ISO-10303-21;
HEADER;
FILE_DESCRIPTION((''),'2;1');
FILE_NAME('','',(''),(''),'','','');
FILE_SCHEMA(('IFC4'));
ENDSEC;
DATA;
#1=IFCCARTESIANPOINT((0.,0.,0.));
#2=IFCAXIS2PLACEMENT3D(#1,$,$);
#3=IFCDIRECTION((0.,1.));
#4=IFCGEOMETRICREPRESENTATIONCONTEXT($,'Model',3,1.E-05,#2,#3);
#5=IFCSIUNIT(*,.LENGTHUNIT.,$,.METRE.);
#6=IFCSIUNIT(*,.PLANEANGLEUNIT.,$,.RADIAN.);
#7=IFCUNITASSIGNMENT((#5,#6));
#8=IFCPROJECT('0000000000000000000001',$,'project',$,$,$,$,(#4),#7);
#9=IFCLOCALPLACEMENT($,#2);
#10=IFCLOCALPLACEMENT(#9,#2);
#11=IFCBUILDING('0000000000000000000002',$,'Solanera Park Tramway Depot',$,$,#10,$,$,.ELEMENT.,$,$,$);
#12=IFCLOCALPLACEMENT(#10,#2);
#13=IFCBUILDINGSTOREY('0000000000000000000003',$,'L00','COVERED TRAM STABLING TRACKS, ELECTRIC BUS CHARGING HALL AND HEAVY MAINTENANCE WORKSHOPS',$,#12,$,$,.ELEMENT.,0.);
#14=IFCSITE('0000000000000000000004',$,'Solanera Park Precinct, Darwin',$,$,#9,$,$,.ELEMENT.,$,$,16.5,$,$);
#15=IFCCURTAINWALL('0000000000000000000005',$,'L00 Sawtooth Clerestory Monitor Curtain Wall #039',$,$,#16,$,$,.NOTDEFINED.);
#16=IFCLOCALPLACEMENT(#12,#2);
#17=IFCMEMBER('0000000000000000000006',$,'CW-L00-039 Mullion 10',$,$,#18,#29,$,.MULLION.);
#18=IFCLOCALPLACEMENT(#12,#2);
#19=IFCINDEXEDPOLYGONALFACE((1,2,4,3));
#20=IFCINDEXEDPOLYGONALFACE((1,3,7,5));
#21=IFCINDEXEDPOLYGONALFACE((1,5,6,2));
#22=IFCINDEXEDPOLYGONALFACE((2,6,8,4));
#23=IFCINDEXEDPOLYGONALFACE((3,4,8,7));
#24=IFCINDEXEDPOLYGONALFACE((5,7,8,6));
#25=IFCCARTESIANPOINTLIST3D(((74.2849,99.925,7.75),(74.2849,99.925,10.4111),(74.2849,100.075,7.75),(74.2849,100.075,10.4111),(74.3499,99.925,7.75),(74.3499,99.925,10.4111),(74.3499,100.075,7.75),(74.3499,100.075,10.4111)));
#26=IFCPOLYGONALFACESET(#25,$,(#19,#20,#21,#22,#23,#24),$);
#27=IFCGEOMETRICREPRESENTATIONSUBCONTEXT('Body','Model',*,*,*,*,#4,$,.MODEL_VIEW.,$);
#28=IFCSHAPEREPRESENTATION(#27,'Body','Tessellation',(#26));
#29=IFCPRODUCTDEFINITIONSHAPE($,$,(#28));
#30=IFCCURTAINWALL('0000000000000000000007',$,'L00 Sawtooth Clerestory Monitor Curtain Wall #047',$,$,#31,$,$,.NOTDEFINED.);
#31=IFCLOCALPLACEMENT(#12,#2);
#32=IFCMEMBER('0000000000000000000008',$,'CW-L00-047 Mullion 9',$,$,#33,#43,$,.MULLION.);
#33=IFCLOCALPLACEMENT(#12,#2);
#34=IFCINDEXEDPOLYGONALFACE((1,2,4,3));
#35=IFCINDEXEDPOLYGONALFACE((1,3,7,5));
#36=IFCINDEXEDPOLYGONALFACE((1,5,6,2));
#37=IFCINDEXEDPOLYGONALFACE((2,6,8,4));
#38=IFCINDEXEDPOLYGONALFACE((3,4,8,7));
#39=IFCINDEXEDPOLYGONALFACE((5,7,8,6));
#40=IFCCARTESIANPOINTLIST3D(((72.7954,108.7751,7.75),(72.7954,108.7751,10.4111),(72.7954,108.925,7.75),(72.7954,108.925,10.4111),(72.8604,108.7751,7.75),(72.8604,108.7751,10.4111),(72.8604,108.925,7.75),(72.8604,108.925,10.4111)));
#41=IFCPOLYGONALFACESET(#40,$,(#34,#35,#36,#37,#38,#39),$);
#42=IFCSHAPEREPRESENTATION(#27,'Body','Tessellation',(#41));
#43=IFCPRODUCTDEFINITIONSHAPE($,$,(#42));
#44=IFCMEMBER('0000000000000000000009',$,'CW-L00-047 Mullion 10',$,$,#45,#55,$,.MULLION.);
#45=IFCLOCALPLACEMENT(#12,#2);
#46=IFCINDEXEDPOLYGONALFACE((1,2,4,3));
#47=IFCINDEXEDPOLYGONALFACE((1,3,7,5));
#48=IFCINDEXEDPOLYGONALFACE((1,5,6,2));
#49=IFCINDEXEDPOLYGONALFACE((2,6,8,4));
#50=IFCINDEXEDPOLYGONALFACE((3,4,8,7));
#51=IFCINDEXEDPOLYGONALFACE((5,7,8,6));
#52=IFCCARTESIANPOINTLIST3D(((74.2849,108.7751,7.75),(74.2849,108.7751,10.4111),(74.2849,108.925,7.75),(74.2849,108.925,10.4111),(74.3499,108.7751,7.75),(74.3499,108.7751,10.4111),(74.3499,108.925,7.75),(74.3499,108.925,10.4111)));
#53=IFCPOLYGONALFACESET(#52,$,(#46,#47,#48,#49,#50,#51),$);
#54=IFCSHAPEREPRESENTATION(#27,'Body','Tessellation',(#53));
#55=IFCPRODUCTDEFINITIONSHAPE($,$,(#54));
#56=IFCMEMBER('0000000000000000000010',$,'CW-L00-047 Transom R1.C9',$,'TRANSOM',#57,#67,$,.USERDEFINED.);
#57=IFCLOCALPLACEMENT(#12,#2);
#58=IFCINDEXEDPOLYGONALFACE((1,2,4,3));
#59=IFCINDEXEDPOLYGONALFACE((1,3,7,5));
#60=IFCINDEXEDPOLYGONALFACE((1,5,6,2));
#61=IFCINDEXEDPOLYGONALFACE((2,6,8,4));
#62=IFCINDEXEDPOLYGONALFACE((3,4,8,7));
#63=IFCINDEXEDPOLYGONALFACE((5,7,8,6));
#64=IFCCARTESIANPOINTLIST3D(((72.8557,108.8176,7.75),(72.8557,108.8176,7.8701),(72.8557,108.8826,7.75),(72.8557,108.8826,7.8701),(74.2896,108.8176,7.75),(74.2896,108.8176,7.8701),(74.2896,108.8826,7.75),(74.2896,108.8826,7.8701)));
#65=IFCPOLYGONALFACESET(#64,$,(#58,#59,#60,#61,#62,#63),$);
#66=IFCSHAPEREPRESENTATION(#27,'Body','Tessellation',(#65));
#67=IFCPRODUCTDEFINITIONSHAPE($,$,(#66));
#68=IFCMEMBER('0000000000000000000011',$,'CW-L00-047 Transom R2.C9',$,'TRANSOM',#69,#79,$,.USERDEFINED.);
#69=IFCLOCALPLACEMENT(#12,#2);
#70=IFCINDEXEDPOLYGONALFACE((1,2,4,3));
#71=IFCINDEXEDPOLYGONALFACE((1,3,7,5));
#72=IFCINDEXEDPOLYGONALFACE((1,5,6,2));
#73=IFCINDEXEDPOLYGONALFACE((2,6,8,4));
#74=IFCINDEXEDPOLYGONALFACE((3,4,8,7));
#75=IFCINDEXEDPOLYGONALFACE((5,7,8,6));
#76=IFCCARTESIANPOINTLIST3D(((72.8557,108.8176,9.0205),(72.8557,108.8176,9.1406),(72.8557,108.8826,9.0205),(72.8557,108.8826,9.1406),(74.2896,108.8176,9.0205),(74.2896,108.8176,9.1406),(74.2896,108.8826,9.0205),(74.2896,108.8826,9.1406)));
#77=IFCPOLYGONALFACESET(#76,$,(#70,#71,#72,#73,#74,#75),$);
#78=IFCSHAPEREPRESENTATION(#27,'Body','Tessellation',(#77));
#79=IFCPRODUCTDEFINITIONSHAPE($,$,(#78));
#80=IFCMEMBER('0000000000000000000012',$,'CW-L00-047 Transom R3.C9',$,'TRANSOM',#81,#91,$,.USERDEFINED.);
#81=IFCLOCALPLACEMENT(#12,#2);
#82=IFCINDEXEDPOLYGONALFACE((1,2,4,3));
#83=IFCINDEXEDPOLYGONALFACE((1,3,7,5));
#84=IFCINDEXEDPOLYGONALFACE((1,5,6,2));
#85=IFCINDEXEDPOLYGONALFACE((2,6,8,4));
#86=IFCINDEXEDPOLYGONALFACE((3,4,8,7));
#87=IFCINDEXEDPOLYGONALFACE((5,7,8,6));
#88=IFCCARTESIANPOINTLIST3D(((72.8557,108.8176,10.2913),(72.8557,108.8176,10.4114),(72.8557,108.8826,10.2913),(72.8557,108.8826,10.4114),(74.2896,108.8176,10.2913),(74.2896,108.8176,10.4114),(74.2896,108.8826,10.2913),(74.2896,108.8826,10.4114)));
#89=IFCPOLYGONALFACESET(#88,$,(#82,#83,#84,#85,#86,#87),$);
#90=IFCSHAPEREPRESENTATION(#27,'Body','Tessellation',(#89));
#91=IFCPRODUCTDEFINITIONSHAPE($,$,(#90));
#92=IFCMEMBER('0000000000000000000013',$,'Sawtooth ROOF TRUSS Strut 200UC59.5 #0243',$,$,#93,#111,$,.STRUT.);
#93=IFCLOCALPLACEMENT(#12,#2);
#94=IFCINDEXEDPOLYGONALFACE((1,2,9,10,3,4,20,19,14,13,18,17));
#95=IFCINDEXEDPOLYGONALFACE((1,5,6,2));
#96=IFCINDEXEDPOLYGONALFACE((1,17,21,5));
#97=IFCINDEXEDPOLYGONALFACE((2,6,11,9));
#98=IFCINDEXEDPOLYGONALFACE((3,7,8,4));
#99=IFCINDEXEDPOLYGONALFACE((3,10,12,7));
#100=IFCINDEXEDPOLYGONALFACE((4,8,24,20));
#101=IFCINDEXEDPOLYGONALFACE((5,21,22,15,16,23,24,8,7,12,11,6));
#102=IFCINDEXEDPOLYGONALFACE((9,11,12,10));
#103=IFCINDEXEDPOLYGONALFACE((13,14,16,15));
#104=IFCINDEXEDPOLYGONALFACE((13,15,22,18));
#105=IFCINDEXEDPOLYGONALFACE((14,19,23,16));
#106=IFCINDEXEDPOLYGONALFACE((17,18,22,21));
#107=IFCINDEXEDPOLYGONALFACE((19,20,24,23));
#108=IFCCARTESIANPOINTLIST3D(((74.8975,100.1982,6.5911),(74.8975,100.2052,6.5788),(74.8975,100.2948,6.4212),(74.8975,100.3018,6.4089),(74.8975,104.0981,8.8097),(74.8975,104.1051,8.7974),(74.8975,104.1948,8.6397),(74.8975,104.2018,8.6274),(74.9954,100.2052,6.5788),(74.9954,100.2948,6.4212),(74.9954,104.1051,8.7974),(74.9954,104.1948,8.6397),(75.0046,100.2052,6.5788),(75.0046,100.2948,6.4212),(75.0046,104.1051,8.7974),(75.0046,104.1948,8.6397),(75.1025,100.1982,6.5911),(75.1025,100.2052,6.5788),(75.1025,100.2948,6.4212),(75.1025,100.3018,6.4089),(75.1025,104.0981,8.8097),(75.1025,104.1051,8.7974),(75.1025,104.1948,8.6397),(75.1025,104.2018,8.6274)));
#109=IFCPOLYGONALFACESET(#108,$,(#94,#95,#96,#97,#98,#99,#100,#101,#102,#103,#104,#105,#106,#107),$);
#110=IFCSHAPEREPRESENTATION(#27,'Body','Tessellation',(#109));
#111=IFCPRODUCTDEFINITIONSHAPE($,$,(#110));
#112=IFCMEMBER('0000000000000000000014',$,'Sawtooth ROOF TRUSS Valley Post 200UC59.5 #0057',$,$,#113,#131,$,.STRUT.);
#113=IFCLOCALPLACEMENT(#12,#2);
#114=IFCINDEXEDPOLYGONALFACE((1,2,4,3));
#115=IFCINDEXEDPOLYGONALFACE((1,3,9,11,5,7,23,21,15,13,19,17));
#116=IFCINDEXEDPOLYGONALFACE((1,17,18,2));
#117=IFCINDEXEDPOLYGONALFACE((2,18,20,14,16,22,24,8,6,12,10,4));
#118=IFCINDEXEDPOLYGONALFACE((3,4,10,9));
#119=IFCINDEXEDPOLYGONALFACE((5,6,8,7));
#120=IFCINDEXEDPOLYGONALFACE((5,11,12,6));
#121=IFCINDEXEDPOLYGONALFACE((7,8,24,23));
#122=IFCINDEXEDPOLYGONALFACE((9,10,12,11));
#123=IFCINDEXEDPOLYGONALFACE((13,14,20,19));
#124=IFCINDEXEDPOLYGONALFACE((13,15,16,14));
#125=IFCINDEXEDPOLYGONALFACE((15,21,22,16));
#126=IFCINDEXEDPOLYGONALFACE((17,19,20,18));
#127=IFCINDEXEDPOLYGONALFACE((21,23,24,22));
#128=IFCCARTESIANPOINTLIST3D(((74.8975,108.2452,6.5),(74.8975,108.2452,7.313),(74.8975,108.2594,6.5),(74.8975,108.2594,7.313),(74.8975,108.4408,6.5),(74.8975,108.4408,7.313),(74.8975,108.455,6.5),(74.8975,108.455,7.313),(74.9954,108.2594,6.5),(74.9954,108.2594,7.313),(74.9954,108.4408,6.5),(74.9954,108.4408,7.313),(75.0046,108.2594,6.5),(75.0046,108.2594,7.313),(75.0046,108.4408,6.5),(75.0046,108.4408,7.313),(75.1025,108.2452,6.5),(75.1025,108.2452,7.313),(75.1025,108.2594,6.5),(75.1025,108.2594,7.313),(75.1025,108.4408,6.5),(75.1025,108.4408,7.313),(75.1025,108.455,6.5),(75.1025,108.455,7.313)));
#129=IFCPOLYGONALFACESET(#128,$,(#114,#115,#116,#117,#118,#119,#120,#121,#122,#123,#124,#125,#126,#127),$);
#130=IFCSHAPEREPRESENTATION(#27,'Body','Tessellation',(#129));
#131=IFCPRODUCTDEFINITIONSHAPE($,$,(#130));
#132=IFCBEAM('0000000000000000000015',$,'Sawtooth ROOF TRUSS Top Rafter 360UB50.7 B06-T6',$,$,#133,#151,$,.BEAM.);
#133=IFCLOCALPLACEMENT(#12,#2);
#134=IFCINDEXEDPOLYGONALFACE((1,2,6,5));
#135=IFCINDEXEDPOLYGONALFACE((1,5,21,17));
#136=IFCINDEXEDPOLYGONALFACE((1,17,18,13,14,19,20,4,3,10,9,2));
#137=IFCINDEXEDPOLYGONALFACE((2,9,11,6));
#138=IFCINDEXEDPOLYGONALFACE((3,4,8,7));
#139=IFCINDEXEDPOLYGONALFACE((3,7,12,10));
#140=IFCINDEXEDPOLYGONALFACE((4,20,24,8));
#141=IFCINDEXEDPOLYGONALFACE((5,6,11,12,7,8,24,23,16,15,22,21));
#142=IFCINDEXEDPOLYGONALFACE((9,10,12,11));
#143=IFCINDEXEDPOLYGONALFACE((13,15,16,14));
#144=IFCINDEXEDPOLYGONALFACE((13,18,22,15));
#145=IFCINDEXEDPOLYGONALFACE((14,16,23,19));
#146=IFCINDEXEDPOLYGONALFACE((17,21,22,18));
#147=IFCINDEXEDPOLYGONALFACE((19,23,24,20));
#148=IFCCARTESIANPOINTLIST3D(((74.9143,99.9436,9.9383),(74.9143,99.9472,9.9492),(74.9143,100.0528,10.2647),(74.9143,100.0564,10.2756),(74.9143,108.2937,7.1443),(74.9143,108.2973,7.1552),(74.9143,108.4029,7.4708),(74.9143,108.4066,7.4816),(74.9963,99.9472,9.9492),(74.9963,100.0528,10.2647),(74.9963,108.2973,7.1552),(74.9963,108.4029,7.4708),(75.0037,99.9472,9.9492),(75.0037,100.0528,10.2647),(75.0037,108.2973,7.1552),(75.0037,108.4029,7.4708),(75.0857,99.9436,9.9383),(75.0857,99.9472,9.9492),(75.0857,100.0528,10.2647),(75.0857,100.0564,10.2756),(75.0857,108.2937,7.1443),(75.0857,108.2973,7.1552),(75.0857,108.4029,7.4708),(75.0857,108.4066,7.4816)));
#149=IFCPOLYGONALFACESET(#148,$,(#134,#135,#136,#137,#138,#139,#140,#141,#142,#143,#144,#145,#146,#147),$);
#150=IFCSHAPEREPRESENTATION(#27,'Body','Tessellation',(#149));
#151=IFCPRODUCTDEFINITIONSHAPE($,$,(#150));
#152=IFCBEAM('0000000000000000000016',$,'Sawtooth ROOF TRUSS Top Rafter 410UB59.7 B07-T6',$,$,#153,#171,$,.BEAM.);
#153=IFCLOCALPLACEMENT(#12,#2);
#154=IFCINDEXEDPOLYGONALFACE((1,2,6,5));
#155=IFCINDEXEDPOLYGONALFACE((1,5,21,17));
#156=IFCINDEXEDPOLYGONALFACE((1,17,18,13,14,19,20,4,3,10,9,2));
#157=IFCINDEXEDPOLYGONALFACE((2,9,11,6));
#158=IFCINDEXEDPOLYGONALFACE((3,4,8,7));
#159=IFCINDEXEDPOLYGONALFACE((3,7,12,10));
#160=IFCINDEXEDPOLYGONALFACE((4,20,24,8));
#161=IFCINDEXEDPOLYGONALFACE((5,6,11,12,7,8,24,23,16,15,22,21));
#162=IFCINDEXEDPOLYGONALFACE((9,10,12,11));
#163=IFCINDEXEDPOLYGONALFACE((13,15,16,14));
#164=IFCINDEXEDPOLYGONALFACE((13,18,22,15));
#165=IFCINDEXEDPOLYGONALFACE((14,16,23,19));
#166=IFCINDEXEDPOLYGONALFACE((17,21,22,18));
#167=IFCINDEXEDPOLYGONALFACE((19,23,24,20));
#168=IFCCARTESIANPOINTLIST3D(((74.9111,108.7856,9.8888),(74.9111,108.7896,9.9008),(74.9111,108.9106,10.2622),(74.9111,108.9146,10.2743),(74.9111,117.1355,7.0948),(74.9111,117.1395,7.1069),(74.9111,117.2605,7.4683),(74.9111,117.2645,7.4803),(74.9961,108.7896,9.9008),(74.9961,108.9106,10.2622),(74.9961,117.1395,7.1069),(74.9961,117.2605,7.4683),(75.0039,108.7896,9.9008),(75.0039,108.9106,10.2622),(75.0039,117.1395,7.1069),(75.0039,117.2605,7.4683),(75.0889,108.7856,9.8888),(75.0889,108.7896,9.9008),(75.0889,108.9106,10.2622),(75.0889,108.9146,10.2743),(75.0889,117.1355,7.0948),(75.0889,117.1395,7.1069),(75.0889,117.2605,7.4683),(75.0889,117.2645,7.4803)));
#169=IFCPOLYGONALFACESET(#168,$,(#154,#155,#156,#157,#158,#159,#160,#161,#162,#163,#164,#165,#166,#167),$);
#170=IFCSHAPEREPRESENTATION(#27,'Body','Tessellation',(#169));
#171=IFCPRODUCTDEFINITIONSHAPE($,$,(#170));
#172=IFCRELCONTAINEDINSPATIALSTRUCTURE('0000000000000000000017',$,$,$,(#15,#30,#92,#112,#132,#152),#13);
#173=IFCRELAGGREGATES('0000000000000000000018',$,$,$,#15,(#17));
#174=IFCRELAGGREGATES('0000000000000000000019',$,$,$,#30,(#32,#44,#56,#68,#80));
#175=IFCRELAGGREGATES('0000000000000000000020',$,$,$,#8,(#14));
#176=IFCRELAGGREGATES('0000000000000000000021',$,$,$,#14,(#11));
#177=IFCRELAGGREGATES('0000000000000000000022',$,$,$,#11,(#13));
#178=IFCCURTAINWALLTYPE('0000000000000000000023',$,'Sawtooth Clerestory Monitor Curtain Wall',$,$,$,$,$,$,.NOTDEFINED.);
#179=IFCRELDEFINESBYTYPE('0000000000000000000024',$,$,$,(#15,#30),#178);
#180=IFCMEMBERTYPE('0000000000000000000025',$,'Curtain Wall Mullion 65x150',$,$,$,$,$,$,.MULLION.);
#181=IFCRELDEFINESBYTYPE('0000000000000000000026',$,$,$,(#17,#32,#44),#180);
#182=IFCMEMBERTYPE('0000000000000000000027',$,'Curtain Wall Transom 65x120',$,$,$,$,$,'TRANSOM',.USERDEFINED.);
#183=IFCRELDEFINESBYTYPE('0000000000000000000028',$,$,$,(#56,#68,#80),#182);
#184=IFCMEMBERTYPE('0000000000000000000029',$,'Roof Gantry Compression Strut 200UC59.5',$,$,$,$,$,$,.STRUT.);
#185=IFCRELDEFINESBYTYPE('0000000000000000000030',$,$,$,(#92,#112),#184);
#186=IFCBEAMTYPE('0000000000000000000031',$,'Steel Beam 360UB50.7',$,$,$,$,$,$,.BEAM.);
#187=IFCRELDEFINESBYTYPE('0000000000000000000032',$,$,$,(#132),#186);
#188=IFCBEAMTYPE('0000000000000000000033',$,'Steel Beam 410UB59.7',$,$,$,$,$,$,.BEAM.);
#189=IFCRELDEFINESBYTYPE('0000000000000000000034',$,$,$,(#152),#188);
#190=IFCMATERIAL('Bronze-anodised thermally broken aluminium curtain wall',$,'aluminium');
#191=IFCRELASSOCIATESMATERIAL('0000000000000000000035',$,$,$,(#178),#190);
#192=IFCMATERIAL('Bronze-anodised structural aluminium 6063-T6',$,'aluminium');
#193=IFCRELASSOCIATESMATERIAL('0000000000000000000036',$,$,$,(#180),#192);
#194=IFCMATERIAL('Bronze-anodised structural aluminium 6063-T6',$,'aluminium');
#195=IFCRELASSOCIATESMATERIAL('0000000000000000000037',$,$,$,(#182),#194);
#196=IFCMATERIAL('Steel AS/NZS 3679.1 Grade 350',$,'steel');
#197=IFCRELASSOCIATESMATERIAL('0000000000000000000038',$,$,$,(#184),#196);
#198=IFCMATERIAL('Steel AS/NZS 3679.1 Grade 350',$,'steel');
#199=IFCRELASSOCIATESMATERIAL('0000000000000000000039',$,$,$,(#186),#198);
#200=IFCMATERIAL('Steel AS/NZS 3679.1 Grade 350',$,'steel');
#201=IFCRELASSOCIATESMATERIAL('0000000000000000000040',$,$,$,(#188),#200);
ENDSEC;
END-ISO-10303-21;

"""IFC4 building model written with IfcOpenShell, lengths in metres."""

from ifc_helpers import new_model, si_unit, direction, frame, origin, origin_2d, place, context, subcontext, project, spatial, rectangle, i_section, extrude, material, material_profile, profile_set, type_object, element, aggregate, save


model = new_model("IFC4")

# Units and contexts
model_context = context("Model", 3, precision=1e-05, world=origin(), true_north=direction((0.0, 1.0)))
body_context = subcontext(model_context, "Body", "Model", "MODEL_VIEW")
ifc_project = project(units=[si_unit("LENGTHUNIT", "METRE"), si_unit("PLANEANGLEUNIT", "RADIAN")], contexts=[model_context])

# Site, building, storey
site_placement = place(None, origin())
site = spatial("IfcSite", under=ifc_project, at=site_placement, Name="Solanera Park Precinct, Darwin", CompositionType="ELEMENT", RefElevation=16.5)
building_placement = place(site_placement, origin())
building = spatial("IfcBuilding", under=site, at=building_placement, Name="Solanera Park Tramway Depot", CompositionType="ELEMENT")
storey_placement = place(building_placement, origin())
storey = spatial("IfcBuildingStorey", under=building, at=storey_placement, Name="L00", Description="COVERED TRAM STABLING TRACKS, ELECTRIC BUS CHARGING HALL AND HEAVY MAINTENANCE WORKSHOPS", CompositionType="ELEMENT", Elevation=0.0)

# Curtain wall, member
ifc_material_1 = material(Name="Bronze-anodised thermally broken aluminium curtain wall", Category="aluminium")
curtain_wall_type = type_object("IfcCurtainWallType", Name="Sawtooth Clerestory Monitor Curtain Wall", PredefinedType="NOTDEFINED", material=ifc_material_1)
curtain_wall_1_placement = place(storey_placement, origin())
curtain_wall_1 = element("IfcCurtainWall", 1, at=curtain_wall_1_placement, inside=storey, type_object=curtain_wall_type, Name="L00 Sawtooth Clerestory Monitor Curtain Wall #039", PredefinedType="NOTDEFINED")
ifc_material_2 = material(Name="Bronze-anodised structural aluminium 6063-T6", Category="aluminium")
ifc_material_profile_1 = material_profile(ifc_material_2, rectangle(XDim=0.0649, YDim=0.1499, at=origin_2d()), Name="Curtain Wall Mullion 65x150")
ifc_profile_set_1 = profile_set([ifc_material_profile_1], Name="Bronze-anodised structural aluminium 6063-T6")
member_type_1 = type_object("IfcMemberType", Name="Curtain Wall Mullion 65x150", PredefinedType="MULLION", material=ifc_profile_set_1)
member_1_placement = place(storey_placement, frame((74.3174, 100.0, 7.75), z_axis=(0.0, 0.0, 1.0), x_axis=(1.0, 0.0, 0.0)))
member_1 = element("IfcMember", 2, at=member_1_placement, type_object=member_type_1, Name="CW-L00-039 Mullion 10", PredefinedType="MULLION", context=body_context, shape_type="SweptSolid", body=[
    extrude(rectangle(XDim=0.0649, YDim=0.1499, at=origin_2d()), origin(), (0.0, 0.0, 1.0), 2.6611),
])

# Curtain wall, members
curtain_wall_2_placement = place(storey_placement, origin())
curtain_wall_2 = element("IfcCurtainWall", 3, at=curtain_wall_2_placement, inside=storey, type_object=curtain_wall_type, Name="L00 Sawtooth Clerestory Monitor Curtain Wall #047", PredefinedType="NOTDEFINED")
member_2_placement = place(storey_placement, frame((72.8279, 108.8501, 7.75), z_axis=(0.0, 0.0, 1.0), x_axis=(1.0, 0.0, 0.0)))
member_2 = element("IfcMember", 4, at=member_2_placement, type_object=member_type_1, Name="CW-L00-047 Mullion 9", PredefinedType="MULLION", context=body_context, shape_type="SweptSolid", body=[
    extrude(rectangle(XDim=0.0649, YDim=0.1499, at=origin_2d()), origin(), (0.0, 0.0, 1.0), 2.6611),
])
member_3_placement = place(storey_placement, frame((74.3174, 108.8501, 7.75), z_axis=(0.0, 0.0, 1.0), x_axis=(1.0, 0.0, 0.0)))
member_3 = element("IfcMember", 5, at=member_3_placement, type_object=member_type_1, Name="CW-L00-047 Mullion 10", PredefinedType="MULLION", context=body_context, shape_type="SweptSolid", body=[
    extrude(rectangle(XDim=0.0649, YDim=0.1499, at=origin_2d()), origin(), (0.0, 0.0, 1.0), 2.6611),
])
ifc_material_3 = material(Name="Bronze-anodised structural aluminium 6063-T6", Category="aluminium")
ifc_material_profile_2 = material_profile(ifc_material_3, rectangle(XDim=0.0649, YDim=0.1201, at=origin_2d()), Name="Curtain Wall Transom 65x120")
ifc_profile_set_2 = profile_set([ifc_material_profile_2], Name="Bronze-anodised structural aluminium 6063-T6")
member_type_2 = type_object("IfcMemberType", Name="Curtain Wall Transom 65x120", ElementType="TRANSOM", PredefinedType="USERDEFINED", material=ifc_profile_set_2)
member_4_placement = place(storey_placement, frame((72.8557, 108.8501, 7.8101), z_axis=(1.0, 0.0, 0.0), x_axis=(0.0, 1.0, 0.0)))
member_4 = element("IfcMember", 6, at=member_4_placement, type_object=member_type_2, Name="CW-L00-047 Transom R1.C9", ObjectType="TRANSOM", PredefinedType="USERDEFINED", context=body_context, shape_type="SweptSolid", body=[
    extrude(rectangle(XDim=0.0649, YDim=0.1201, at=origin_2d()), origin(), (0.0, 0.0, 1.0), 1.4338),
])
member_5_placement = place(storey_placement, frame((72.8557, 108.8501, 9.0806), z_axis=(1.0, 0.0, 0.0), x_axis=(0.0, 1.0, 0.0)))
member_5 = element("IfcMember", 7, at=member_5_placement, type_object=member_type_2, Name="CW-L00-047 Transom R2.C9", ObjectType="TRANSOM", PredefinedType="USERDEFINED", context=body_context, shape_type="SweptSolid", body=[
    extrude(rectangle(XDim=0.0649, YDim=0.1201, at=origin_2d()), origin(), (0.0, 0.0, 1.0), 1.4338),
])
member_6_placement = place(storey_placement, frame((72.8557, 108.8501, 10.3513), z_axis=(1.0, 0.0, 0.0), x_axis=(0.0, 1.0, 0.0)))
member_6 = element("IfcMember", 8, at=member_6_placement, type_object=member_type_2, Name="CW-L00-047 Transom R3.C9", ObjectType="TRANSOM", PredefinedType="USERDEFINED", context=body_context, shape_type="SweptSolid", body=[
    extrude(rectangle(XDim=0.0649, YDim=0.1201, at=origin_2d()), origin(), (0.0, 0.0, 1.0), 1.4338),
])

# Members
ifc_material_4 = material(Name="Steel AS/NZS 3679.1 Grade 350", Category="steel")
ifc_material_profile_3 = material_profile(ifc_material_4, i_section(OverallWidth=0.2051, OverallDepth=0.2097, WebThickness=0.0093, FlangeThickness=0.0142, at=origin_2d()), Name="200UC59.5")
ifc_profile_set_3 = profile_set([ifc_material_profile_3], Name="Steel AS/NZS 3679.1 Grade 350")
member_type_3 = type_object("IfcMemberType", Name="Roof Gantry Compression Strut 200UC59.5", PredefinedType="STRUT", material=ifc_profile_set_3)
member_7_placement = place(storey_placement, frame((75.0, 100.25, 6.5), z_axis=(0.0, 0.869203, 0.494456), x_axis=(-1.0, 0.0, 0.0)))
element("IfcMember", 9, at=member_7_placement, inside=storey, type_object=member_type_3, Name="Sawtooth ROOF TRUSS Strut 200UC59.5 #0243", PredefinedType="STRUT", context=body_context, shape_type="SweptSolid", body=[
    extrude(i_section(OverallWidth=0.2051, OverallDepth=0.2097, WebThickness=0.0093, FlangeThickness=0.0142, at=origin_2d()), origin(), (0.0, 0.0, 1.0), 4.4868),
])
member_8_placement = place(storey_placement, frame((75.0, 108.3501, 6.5), z_axis=(0.0, 0.0, 1.0), x_axis=(1.0, 0.0, 0.0)))
element("IfcMember", 10, at=member_8_placement, inside=storey, type_object=member_type_3, Name="Sawtooth ROOF TRUSS Valley Post 200UC59.5 #0057", PredefinedType="STRUT", context=body_context, shape_type="SweptSolid", body=[
    extrude(i_section(OverallWidth=0.2051, OverallDepth=0.2097, WebThickness=0.0093, FlangeThickness=0.0142, at=origin_2d()), origin(), (0.0, 0.0, 1.0), 0.813),
])

# Beams
ifc_material_5 = material(Name="Steel AS/NZS 3679.1 Grade 350", Category="steel")
ifc_material_profile_4 = material_profile(ifc_material_5, i_section(OverallWidth=0.1714, OverallDepth=0.3557, WebThickness=0.0073, FlangeThickness=0.0115, at=origin_2d()), Name="360UB50.7")
ifc_profile_set_4 = profile_set([ifc_material_profile_4], Name="Steel AS/NZS 3679.1 Grade 350")
beam_type_1 = type_object("IfcBeamType", Name="Steel Beam 360UB50.7", PredefinedType="BEAM", material=ifc_profile_set_4)
beam_1_placement = place(storey_placement, frame((75.0, 100.0, 10.1069), z_axis=(0.0, 0.948322, -0.317309), x_axis=(-1.0, 0.0, 0.0)))
element("IfcBeam", 11, at=beam_1_placement, inside=storey, type_object=beam_type_1, Name="Sawtooth ROOF TRUSS Top Rafter 360UB50.7 B06-T6", PredefinedType="BEAM", context=body_context, shape_type="SweptSolid", body=[
    extrude(i_section(OverallWidth=0.1714, OverallDepth=0.3557, WebThickness=0.0073, FlangeThickness=0.0115, at=origin_2d()), origin(), (0.0, 0.0, 1.0), 8.8052),
])
ifc_material_6 = material(Name="Steel AS/NZS 3679.1 Grade 350", Category="steel")
ifc_material_profile_5 = material_profile(ifc_material_6, i_section(OverallWidth=0.1777, OverallDepth=0.4065, WebThickness=0.0078, FlangeThickness=0.0127, at=origin_2d()), Name="410UB59.7")
ifc_profile_set_5 = profile_set([ifc_material_profile_5], Name="Steel AS/NZS 3679.1 Grade 350")
beam_type_2 = type_object("IfcBeamType", Name="Steel Beam 410UB59.7", PredefinedType="BEAM", material=ifc_profile_set_5)
beam_2_placement = place(storey_placement, frame((75.0, 108.8501, 10.0815), z_axis=(0.0, 0.948319, -0.317317), x_axis=(-1.0, 0.0, 0.0)))
element("IfcBeam", 12, at=beam_2_placement, inside=storey, type_object=beam_type_2, Name="Sawtooth ROOF TRUSS Top Rafter 410UB59.7 B07-T6", PredefinedType="BEAM", context=body_context, shape_type="SweptSolid", body=[
    extrude(i_section(OverallWidth=0.1777, OverallDepth=0.4065, WebThickness=0.0078, FlangeThickness=0.0127, at=origin_2d()), origin(), (0.0, 0.0, 1.0), 8.8049),
])

aggregate(curtain_wall_1, [member_1])
aggregate(curtain_wall_2, [member_2, member_3, member_4, member_5, member_6])

save(model, "model.ifc")
